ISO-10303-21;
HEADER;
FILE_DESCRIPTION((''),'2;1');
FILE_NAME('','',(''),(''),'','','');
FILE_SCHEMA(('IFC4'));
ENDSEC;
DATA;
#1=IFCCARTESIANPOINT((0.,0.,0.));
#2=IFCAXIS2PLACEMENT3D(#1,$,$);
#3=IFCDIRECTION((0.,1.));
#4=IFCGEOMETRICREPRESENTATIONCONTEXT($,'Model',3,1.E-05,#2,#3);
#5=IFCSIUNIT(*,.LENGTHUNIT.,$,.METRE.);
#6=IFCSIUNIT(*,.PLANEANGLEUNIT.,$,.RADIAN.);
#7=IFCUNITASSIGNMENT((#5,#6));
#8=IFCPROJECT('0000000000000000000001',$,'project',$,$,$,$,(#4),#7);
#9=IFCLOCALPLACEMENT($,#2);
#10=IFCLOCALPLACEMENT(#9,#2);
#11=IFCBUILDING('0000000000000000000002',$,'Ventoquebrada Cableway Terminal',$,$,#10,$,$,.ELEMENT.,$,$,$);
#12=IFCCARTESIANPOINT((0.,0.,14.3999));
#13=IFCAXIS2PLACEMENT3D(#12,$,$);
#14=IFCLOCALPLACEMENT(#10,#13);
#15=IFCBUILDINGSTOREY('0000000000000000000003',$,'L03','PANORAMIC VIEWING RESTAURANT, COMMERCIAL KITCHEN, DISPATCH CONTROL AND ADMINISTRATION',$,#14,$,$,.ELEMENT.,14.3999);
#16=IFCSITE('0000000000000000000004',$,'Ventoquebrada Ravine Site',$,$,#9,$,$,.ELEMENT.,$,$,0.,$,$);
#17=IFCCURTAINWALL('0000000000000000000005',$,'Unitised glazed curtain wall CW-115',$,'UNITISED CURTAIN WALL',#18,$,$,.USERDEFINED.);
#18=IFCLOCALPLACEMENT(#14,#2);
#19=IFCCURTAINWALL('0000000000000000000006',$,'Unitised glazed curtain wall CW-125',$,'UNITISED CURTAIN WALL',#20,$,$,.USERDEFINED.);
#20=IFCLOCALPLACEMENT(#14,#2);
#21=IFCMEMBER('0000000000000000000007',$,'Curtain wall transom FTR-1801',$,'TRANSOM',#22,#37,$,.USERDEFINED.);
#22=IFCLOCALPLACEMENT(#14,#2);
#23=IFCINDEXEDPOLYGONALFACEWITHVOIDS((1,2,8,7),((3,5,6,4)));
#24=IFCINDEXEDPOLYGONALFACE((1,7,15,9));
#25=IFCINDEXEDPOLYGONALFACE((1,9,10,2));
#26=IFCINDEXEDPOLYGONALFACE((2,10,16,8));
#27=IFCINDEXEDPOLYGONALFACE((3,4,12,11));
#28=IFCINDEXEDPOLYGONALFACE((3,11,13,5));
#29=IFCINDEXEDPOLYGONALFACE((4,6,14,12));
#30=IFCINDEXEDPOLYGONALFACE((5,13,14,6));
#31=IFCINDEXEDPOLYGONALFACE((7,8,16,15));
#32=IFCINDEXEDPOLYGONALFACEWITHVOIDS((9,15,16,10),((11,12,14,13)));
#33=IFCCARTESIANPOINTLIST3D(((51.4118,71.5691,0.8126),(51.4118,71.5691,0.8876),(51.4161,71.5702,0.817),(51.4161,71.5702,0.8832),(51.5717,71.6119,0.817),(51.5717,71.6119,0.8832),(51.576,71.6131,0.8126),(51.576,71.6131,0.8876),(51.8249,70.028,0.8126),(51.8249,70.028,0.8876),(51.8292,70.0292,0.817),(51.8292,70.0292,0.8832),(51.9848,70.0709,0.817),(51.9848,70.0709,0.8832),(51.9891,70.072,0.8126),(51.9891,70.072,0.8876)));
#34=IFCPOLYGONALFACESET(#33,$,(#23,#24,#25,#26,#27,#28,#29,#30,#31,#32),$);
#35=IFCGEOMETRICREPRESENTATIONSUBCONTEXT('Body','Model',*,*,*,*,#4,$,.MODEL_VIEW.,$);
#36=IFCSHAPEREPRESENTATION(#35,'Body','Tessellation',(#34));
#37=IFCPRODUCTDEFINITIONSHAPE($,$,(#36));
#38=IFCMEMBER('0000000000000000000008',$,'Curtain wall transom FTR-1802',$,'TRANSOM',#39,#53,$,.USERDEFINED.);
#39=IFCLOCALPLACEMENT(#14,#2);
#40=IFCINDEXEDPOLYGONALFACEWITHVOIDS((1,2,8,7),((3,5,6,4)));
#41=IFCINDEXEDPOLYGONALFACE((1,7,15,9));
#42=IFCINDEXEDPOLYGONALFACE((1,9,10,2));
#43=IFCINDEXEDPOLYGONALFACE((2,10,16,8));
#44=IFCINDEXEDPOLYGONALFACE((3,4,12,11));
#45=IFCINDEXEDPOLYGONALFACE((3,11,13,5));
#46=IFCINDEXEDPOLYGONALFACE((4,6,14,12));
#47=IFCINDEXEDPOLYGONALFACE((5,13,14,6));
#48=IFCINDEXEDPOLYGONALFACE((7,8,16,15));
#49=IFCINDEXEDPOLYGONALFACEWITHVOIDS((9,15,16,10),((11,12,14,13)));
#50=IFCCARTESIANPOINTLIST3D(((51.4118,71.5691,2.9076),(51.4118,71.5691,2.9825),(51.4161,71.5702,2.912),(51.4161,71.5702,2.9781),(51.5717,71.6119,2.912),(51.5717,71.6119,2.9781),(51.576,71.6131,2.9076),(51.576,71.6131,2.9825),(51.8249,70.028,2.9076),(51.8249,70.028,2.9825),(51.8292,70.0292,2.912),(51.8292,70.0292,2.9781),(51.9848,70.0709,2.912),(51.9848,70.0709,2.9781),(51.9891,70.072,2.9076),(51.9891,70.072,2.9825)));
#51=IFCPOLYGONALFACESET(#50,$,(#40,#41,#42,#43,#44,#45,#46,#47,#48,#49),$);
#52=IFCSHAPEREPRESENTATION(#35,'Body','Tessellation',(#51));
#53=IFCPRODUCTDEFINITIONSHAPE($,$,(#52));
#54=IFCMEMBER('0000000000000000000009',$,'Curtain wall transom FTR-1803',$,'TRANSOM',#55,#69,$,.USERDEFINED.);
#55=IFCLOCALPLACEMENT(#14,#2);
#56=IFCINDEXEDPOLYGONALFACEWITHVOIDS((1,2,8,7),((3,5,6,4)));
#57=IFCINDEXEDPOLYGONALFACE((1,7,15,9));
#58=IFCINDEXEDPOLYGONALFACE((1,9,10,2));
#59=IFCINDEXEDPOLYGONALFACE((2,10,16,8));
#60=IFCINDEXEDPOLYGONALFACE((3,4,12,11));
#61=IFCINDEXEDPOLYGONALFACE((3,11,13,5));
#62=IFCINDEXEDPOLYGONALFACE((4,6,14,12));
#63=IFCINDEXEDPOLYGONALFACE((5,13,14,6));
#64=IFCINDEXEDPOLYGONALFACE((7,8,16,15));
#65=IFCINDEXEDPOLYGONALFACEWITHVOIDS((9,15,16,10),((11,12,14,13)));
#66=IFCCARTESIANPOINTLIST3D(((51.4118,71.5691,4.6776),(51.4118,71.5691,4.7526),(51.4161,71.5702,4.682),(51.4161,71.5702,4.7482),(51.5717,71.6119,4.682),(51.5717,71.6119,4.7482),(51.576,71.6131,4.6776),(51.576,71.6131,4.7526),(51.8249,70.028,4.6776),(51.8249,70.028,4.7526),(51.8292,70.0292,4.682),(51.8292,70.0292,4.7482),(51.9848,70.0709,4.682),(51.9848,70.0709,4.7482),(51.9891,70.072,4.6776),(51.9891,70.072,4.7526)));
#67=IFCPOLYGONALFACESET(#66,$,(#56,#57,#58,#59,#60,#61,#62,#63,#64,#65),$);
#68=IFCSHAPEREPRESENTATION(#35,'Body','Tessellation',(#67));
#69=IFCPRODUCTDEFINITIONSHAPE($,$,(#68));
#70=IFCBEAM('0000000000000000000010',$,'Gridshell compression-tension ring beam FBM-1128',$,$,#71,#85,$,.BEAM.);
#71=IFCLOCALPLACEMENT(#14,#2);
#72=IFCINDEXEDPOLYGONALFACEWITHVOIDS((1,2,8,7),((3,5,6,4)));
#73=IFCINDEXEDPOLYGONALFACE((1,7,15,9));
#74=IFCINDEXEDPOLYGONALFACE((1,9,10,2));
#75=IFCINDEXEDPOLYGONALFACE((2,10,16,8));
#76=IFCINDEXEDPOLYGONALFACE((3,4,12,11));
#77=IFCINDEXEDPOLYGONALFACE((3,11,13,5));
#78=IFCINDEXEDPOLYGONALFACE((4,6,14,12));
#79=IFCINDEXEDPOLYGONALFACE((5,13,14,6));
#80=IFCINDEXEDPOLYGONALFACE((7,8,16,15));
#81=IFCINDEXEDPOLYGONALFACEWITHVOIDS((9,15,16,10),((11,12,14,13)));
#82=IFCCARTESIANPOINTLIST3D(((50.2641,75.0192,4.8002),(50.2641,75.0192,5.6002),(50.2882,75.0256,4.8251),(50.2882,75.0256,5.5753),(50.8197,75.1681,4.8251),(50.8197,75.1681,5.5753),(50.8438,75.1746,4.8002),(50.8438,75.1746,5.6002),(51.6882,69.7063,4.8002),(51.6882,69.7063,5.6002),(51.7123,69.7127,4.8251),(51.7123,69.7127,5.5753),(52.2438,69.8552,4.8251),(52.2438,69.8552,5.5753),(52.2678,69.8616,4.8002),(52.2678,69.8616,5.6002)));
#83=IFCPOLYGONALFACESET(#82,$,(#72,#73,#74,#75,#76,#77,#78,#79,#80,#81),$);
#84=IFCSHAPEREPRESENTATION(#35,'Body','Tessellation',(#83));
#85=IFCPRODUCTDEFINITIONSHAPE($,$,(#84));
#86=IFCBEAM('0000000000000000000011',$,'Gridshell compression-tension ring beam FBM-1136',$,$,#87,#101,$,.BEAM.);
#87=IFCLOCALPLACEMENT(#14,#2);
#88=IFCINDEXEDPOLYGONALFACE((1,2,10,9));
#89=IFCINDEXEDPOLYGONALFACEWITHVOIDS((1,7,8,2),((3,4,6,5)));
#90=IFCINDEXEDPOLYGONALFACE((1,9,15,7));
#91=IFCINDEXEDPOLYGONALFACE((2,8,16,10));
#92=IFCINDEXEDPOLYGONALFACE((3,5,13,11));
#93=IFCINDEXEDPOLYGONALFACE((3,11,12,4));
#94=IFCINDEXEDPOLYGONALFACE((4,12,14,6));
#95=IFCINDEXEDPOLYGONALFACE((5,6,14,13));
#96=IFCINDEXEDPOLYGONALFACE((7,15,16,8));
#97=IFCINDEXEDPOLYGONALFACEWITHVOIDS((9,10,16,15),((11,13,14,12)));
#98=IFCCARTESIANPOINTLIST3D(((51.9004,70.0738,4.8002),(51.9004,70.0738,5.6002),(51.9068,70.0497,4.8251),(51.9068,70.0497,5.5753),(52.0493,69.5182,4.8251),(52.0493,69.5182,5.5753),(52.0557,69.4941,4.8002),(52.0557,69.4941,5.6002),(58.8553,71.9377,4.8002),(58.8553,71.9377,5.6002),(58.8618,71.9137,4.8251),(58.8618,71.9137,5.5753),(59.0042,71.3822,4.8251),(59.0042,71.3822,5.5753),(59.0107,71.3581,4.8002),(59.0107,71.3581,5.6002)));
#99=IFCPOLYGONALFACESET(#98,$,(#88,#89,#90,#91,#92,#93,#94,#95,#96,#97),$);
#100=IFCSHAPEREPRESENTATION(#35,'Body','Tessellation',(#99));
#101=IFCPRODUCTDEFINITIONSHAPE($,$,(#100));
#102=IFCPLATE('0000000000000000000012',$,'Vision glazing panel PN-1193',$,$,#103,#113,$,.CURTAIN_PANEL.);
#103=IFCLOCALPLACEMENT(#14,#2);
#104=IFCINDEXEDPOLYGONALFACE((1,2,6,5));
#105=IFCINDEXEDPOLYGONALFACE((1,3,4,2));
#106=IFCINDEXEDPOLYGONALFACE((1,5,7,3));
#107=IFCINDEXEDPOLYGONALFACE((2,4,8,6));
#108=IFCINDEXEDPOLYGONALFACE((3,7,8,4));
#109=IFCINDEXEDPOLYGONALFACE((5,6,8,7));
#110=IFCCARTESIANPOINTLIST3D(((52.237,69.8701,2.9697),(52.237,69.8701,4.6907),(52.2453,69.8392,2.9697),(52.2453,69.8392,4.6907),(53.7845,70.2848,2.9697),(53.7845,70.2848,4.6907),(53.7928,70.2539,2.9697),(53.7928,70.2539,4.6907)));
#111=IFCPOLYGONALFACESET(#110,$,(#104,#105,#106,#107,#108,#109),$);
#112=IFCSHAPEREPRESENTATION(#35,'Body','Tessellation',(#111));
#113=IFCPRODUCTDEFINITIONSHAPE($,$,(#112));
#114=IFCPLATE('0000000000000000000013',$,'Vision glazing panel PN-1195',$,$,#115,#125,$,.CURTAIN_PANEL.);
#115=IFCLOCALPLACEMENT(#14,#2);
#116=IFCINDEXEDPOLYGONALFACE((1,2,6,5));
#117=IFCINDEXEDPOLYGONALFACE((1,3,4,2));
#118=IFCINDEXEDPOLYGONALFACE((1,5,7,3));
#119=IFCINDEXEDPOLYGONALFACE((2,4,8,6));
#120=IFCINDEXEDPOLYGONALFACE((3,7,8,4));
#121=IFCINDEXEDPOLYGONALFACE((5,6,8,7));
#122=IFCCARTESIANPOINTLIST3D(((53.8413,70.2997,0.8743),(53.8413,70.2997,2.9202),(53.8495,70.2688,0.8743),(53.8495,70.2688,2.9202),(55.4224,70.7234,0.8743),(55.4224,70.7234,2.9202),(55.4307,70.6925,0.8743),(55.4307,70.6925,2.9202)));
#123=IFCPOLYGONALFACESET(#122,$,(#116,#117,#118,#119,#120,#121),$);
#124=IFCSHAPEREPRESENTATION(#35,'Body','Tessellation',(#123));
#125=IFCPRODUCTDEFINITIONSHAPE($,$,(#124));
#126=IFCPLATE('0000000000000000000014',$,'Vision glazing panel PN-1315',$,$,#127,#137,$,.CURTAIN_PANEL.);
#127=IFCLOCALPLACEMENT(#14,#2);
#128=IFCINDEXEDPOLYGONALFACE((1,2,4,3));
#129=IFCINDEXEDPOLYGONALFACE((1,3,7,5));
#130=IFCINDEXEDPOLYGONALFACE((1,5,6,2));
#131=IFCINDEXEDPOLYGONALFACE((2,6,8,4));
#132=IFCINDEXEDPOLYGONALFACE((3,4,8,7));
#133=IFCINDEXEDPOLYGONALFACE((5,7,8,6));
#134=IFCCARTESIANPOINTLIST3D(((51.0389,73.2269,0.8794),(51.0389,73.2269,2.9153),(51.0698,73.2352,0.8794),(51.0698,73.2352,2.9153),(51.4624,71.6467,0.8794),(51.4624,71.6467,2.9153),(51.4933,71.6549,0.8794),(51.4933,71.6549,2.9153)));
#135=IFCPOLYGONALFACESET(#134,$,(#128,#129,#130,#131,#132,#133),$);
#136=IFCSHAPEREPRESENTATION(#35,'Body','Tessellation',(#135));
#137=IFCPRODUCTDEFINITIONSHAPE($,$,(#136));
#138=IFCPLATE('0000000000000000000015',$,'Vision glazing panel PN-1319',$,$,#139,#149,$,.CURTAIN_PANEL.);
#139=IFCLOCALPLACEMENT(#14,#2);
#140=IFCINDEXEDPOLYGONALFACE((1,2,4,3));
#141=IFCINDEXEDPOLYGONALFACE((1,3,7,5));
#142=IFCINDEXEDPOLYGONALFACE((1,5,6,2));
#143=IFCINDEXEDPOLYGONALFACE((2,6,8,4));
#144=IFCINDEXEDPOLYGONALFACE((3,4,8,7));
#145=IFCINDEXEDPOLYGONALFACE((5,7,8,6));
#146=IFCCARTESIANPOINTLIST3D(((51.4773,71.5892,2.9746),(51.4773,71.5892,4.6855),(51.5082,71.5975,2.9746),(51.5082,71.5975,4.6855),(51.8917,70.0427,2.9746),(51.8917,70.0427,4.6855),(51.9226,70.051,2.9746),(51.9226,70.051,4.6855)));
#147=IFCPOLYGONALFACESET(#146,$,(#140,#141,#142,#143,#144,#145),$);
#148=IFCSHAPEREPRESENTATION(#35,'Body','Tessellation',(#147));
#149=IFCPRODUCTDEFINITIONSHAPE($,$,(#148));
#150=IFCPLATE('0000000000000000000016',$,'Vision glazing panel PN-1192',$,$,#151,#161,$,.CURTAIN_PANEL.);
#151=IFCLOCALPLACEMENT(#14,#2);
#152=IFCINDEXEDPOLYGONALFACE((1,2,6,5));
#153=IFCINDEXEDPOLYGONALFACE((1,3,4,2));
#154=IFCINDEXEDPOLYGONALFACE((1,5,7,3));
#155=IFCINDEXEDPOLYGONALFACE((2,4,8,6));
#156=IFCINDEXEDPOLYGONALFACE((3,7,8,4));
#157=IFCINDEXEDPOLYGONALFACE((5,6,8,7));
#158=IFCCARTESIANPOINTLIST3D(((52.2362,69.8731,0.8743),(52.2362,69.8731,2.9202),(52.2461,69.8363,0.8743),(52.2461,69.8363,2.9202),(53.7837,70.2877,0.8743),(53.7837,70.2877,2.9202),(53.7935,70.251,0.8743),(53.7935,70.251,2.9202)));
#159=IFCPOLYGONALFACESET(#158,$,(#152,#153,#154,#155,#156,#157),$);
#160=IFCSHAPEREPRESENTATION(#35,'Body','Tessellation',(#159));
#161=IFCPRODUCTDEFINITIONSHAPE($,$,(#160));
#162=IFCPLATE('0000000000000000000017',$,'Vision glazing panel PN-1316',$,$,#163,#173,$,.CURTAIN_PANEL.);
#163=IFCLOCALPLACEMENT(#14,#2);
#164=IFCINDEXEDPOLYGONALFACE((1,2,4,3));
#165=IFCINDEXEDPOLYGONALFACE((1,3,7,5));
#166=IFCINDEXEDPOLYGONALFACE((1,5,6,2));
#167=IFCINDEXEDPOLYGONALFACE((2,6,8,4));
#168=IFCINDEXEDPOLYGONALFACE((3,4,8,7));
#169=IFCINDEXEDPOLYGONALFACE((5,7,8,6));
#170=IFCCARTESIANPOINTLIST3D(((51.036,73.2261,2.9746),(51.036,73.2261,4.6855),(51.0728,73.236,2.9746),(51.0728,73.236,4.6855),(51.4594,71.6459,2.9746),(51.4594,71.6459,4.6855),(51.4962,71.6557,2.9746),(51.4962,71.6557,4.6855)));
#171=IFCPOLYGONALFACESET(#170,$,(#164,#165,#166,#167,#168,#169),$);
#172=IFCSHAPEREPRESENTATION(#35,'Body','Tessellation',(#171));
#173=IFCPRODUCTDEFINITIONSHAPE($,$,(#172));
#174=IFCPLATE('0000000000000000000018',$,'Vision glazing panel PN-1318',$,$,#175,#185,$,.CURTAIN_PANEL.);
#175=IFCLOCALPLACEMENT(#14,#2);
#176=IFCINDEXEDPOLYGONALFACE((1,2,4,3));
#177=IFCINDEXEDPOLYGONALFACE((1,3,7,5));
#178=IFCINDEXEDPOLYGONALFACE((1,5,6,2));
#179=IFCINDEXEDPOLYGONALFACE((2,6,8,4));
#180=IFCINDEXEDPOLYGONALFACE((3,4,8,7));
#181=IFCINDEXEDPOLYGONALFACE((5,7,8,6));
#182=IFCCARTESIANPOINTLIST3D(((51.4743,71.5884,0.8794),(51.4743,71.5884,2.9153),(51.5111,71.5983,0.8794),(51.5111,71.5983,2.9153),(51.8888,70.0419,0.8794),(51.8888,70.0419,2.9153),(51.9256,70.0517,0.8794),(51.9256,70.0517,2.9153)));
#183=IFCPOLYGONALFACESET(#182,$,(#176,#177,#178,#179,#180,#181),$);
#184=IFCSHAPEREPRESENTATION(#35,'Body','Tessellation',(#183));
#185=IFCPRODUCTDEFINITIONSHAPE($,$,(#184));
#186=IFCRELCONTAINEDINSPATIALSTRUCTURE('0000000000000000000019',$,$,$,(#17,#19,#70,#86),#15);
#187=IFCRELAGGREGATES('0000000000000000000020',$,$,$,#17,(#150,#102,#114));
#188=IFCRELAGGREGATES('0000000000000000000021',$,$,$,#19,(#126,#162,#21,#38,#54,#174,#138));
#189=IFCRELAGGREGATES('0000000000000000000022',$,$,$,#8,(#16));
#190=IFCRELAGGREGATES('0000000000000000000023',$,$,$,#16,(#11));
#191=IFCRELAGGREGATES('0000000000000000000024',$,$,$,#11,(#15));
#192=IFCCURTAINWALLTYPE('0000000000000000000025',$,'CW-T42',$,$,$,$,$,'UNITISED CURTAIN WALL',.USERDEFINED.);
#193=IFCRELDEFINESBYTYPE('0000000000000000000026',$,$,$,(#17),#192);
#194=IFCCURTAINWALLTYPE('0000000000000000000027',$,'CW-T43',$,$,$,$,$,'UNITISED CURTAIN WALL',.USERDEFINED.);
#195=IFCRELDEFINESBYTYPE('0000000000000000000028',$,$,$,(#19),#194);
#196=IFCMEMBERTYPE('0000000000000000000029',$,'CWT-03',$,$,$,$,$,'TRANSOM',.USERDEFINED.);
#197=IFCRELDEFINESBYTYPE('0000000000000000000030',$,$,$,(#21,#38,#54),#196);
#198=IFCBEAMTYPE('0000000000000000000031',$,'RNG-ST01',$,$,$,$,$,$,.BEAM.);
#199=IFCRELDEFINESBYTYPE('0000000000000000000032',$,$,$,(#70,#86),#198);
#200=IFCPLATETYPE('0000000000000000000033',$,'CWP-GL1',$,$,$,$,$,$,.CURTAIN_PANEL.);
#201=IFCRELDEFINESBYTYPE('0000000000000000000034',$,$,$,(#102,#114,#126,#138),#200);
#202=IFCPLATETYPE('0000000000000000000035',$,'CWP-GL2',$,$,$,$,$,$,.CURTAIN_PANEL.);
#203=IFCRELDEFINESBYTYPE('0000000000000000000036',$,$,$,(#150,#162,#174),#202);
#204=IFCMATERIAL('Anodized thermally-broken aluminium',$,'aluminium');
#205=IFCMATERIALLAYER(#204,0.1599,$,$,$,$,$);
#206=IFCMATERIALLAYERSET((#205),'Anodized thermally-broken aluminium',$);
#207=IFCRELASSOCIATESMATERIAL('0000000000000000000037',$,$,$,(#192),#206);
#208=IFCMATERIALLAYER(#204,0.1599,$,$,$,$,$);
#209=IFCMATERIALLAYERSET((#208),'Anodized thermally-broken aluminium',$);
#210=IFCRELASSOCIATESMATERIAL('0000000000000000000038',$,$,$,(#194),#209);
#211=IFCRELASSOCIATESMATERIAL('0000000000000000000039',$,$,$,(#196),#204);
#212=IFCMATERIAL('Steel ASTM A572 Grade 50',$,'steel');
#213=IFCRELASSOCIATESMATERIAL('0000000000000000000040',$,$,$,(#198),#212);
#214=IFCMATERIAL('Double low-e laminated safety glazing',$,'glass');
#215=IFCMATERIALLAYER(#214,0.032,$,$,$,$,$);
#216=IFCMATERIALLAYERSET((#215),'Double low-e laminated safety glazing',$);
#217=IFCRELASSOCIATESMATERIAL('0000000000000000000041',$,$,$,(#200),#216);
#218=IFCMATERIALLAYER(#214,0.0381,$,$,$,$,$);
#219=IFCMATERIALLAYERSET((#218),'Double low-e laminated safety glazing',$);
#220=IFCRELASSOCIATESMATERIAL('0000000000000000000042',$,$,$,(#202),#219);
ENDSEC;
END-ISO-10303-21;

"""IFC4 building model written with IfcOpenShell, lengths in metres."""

from ifc_helpers import new_model, si_unit, direction, frame, origin, origin_2d, place, context, subcontext, project, spatial, rectangle, hollow_rectangle, extrude, material, layer, layer_set, material_profile, profile_set, type_object, element, aggregate, save


model = new_model("IFC4")

# Units and contexts
model_context = context("Model", 3, precision=1e-05, world=origin(), true_north=direction((0.0, 1.0)))
body_context = subcontext(model_context, "Body", "Model", "MODEL_VIEW")
ifc_project = project(units=[si_unit("LENGTHUNIT", "METRE"), si_unit("PLANEANGLEUNIT", "RADIAN")], contexts=[model_context])

# Site, building, storey
site_placement = place(None, origin())
site = spatial("IfcSite", under=ifc_project, at=site_placement, Name="Ventoquebrada Ravine Site", CompositionType="ELEMENT", RefElevation=0.0)
building_placement = place(site_placement, origin())
building = spatial("IfcBuilding", under=site, at=building_placement, Name="Ventoquebrada Cableway Terminal", CompositionType="ELEMENT")
storey_placement = place(building_placement, frame((0.0, 0.0, 14.3999)))
storey = spatial("IfcBuildingStorey", under=building, at=storey_placement, Name="L03", Description="PANORAMIC VIEWING RESTAURANT, COMMERCIAL KITCHEN, DISPATCH CONTROL AND ADMINISTRATION", CompositionType="ELEMENT", Elevation=14.3999)

# Curtain walls
ifc_material_1 = material(Name="Anodized thermally-broken aluminium", Category="aluminium")
ifc_layer_1 = layer(ifc_material_1, 0.1599)
ifc_layer_set_1 = layer_set([ifc_layer_1], Name="Anodized thermally-broken aluminium")
curtain_wall_type_1 = type_object("IfcCurtainWallType", Name="CW-T42", ElementType="UNITISED CURTAIN WALL", PredefinedType="USERDEFINED", material=ifc_layer_set_1)
curtain_wall_1_placement = place(storey_placement, origin())
curtain_wall_1 = element("IfcCurtainWall", 1, at=curtain_wall_1_placement, inside=storey, type_object=curtain_wall_type_1, Name="Unitised glazed curtain wall CW-115", ObjectType="UNITISED CURTAIN WALL", PredefinedType="USERDEFINED")
ifc_layer_2 = layer(ifc_material_1, 0.1599)
ifc_layer_set_2 = layer_set([ifc_layer_2], Name="Anodized thermally-broken aluminium")
curtain_wall_type_2 = type_object("IfcCurtainWallType", Name="CW-T43", ElementType="UNITISED CURTAIN WALL", PredefinedType="USERDEFINED", material=ifc_layer_set_2)
curtain_wall_2_placement = place(storey_placement, origin())
curtain_wall_2 = element("IfcCurtainWall", 2, at=curtain_wall_2_placement, inside=storey, type_object=curtain_wall_type_2, Name="Unitised glazed curtain wall CW-125", ObjectType="UNITISED CURTAIN WALL", PredefinedType="USERDEFINED")

# Members
ifc_material_profile_1 = material_profile(ifc_material_1, hollow_rectangle(XDim=0.075, YDim=0.1699, WallThickness=0.0044, at=origin_2d()), Name="CW-TRN-75X170")
ifc_profile_set_1 = profile_set([ifc_material_profile_1], Name="Anodized thermally-broken aluminium")
member_type_1 = type_object("IfcMemberType", Name="CWT-03", ElementType="TRANSOM", PredefinedType="USERDEFINED", material=ifc_profile_set_1)
member_1_placement = place(storey_placement, frame((51.4939, 71.5911, 0.8501), z_axis=(0.25892, -0.965899, 0.0), x_axis=(0.0, 0.0, 1.0)))
member_1 = element("IfcMember", 3, at=member_1_placement, type_object=member_type_1, Name="Curtain wall transom FTR-1801", ObjectType="TRANSOM", PredefinedType="USERDEFINED", context=body_context, shape_type="SweptSolid", body=[
    extrude(hollow_rectangle(XDim=0.075, YDim=0.1699, WallThickness=0.0044, at=origin_2d()), origin(), (0.0, 0.0, 1.0), 1.5955),
])
member_2_placement = place(storey_placement, frame((51.4939, 71.5911, 2.9451), z_axis=(0.25892, -0.965899, 0.0), x_axis=(0.0, 0.0, 1.0)))
member_2 = element("IfcMember", 4, at=member_2_placement, type_object=member_type_1, Name="Curtain wall transom FTR-1802", ObjectType="TRANSOM", PredefinedType="USERDEFINED", context=body_context, shape_type="SweptSolid", body=[
    extrude(hollow_rectangle(XDim=0.075, YDim=0.1699, WallThickness=0.0044, at=origin_2d()), origin(), (0.0, 0.0, 1.0), 1.5955),
])
member_3_placement = place(storey_placement, frame((51.4939, 71.5911, 4.7151), z_axis=(0.25892, -0.965899, 0.0), x_axis=(0.0, 0.0, 1.0)))
member_3 = element("IfcMember", 5, at=member_3_placement, type_object=member_type_1, Name="Curtain wall transom FTR-1803", ObjectType="TRANSOM", PredefinedType="USERDEFINED", context=body_context, shape_type="SweptSolid", body=[
    extrude(hollow_rectangle(XDim=0.075, YDim=0.1699, WallThickness=0.0044, at=origin_2d()), origin(), (0.0, 0.0, 1.0), 1.5955),
])

# Beams
ifc_material_2 = material(Name="Steel ASTM A572 Grade 50", Category="steel")
ifc_material_profile_2 = material_profile(ifc_material_2, hollow_rectangle(XDim=0.6001, YDim=0.8, WallThickness=0.0249, at=origin_2d()), Name="BOX600X800X25")
ifc_profile_set_2 = profile_set([ifc_material_profile_2], Name="Steel ASTM A572 Grade 50")
beam_type = type_object("IfcBeamType", Name="RNG-ST01", PredefinedType="BEAM", material=ifc_profile_set_2)
beam_1_placement = place(storey_placement, frame((51.978, 69.7839, 5.2002), z_axis=(-0.258897, 0.965905, 0.0), x_axis=(-0.965905, -0.258897, 0.0)))
element("IfcBeam", 6, at=beam_1_placement, inside=storey, type_object=beam_type, Name="Gridshell compression-tension ring beam FBM-1128", PredefinedType="BEAM", context=body_context, shape_type="SweptSolid", body=[
    extrude(hollow_rectangle(XDim=0.6001, YDim=0.8, WallThickness=0.0249, at=origin_2d()), origin(), (0.0, 0.0, 1.0), 5.5005),
])
beam_2_placement = place(storey_placement, frame((51.978, 69.7839, 5.2002), z_axis=(0.965912, 0.258872, 0.0), x_axis=(-0.258872, 0.965912, 0.0)))
element("IfcBeam", 7, at=beam_2_placement, inside=storey, type_object=beam_type, Name="Gridshell compression-tension ring beam FBM-1136", PredefinedType="BEAM", context=body_context, shape_type="SweptSolid", body=[
    extrude(hollow_rectangle(XDim=0.6001, YDim=0.8, WallThickness=0.0249, at=origin_2d()), origin(), (0.0, 0.0, 1.0), 7.2004),
])

# Plates
ifc_material_3 = material(Name="Double low-e laminated safety glazing", Category="glass")
ifc_layer_3 = layer(ifc_material_3, 0.032)
ifc_layer_set_3 = layer_set([ifc_layer_3], Name="Double low-e laminated safety glazing")
plate_type_1 = type_object("IfcPlateType", Name="CWP-GL1", PredefinedType="CURTAIN_PANEL", material=ifc_layer_set_3)
plate_1_placement = place(storey_placement, frame((53.0149, 70.062, 2.9697), z_axis=(0.0, 0.0, 1.0), x_axis=(0.965921, 0.258836, 0.0)))
plate_1 = element("IfcPlate", 8, at=plate_1_placement, type_object=plate_type_1, Name="Vision glazing panel PN-1193", PredefinedType="CURTAIN_PANEL", context=body_context, shape_type="SweptSolid", body=[
    extrude(rectangle(XDim=1.6021, YDim=0.032, at=origin_2d()), origin(), (0.0, 0.0, 1.0), 1.7209),
])
plate_2_placement = place(storey_placement, frame((54.636, 70.4961, 0.8743), z_axis=(0.0, 0.0, 1.0), x_axis=(0.965921, 0.258836, 0.0)))
plate_2 = element("IfcPlate", 9, at=plate_2_placement, type_object=plate_type_1, Name="Vision glazing panel PN-1195", PredefinedType="CURTAIN_PANEL", context=body_context, shape_type="SweptSolid", body=[
    extrude(rectangle(XDim=1.637, YDim=0.032, at=origin_2d()), origin(), (0.0, 0.0, 1.0), 2.0459),
])
plate_3_placement = place(storey_placement, frame((51.2661, 72.4409, 0.8794), z_axis=(0.0, 0.0, 1.0), x_axis=(0.258836, -0.965921, 0.0)))
plate_3 = element("IfcPlate", 10, at=plate_3_placement, type_object=plate_type_1, Name="Vision glazing panel PN-1315", PredefinedType="CURTAIN_PANEL", context=body_context, shape_type="SweptSolid", body=[
    extrude(rectangle(XDim=1.636, YDim=0.032, at=origin_2d()), origin(), (0.0, 0.0, 1.0), 2.0359),
])
plate_4_placement = place(storey_placement, frame((51.7, 70.8201, 2.9746), z_axis=(0.0, 0.0, 1.0), x_axis=(0.258836, -0.965921, 0.0)))
plate_4 = element("IfcPlate", 11, at=plate_4_placement, type_object=plate_type_1, Name="Vision glazing panel PN-1319", PredefinedType="CURTAIN_PANEL", context=body_context, shape_type="SweptSolid", body=[
    extrude(rectangle(XDim=1.6011, YDim=0.032, at=origin_2d()), origin(), (0.0, 0.0, 1.0), 1.7109),
])
ifc_layer_4 = layer(ifc_material_3, 0.0381)
ifc_layer_set_4 = layer_set([ifc_layer_4], Name="Double low-e laminated safety glazing")
plate_type_2 = type_object("IfcPlateType", Name="CWP-GL2", PredefinedType="CURTAIN_PANEL", material=ifc_layer_set_4)
plate_5_placement = place(storey_placement, frame((53.0149, 70.062, 0.8743), z_axis=(0.0, 0.0, 1.0), x_axis=(0.965921, 0.258836, 0.0)))
plate_5 = element("IfcPlate", 12, at=plate_5_placement, type_object=plate_type_2, Name="Vision glazing panel PN-1192", PredefinedType="CURTAIN_PANEL", context=body_context, shape_type="SweptSolid", body=[
    extrude(rectangle(XDim=1.6021, YDim=0.0381, at=origin_2d()), origin(), (0.0, 0.0, 1.0), 2.0459),
])
plate_6_placement = place(storey_placement, frame((51.2661, 72.4409, 2.9746), z_axis=(0.0, 0.0, 1.0), x_axis=(0.258836, -0.965921, 0.0)))
plate_6 = element("IfcPlate", 13, at=plate_6_placement, type_object=plate_type_2, Name="Vision glazing panel PN-1316", PredefinedType="CURTAIN_PANEL", context=body_context, shape_type="SweptSolid", body=[
    extrude(rectangle(XDim=1.636, YDim=0.0381, at=origin_2d()), origin(), (0.0, 0.0, 1.0), 1.7109),
])
plate_7_placement = place(storey_placement, frame((51.7, 70.8201, 0.8794), z_axis=(0.0, 0.0, 1.0), x_axis=(0.258836, -0.965921, 0.0)))
plate_7 = element("IfcPlate", 14, at=plate_7_placement, type_object=plate_type_2, Name="Vision glazing panel PN-1318", PredefinedType="CURTAIN_PANEL", context=body_context, shape_type="SweptSolid", body=[
    extrude(rectangle(XDim=1.6011, YDim=0.0381, at=origin_2d()), origin(), (0.0, 0.0, 1.0), 2.0359),
])
aggregate(curtain_wall_1, [plate_5, plate_1, plate_2])
aggregate(curtain_wall_2, [plate_3, plate_6, member_1, member_2, member_3, plate_7, plate_4])

save(model, "model.ifc")
